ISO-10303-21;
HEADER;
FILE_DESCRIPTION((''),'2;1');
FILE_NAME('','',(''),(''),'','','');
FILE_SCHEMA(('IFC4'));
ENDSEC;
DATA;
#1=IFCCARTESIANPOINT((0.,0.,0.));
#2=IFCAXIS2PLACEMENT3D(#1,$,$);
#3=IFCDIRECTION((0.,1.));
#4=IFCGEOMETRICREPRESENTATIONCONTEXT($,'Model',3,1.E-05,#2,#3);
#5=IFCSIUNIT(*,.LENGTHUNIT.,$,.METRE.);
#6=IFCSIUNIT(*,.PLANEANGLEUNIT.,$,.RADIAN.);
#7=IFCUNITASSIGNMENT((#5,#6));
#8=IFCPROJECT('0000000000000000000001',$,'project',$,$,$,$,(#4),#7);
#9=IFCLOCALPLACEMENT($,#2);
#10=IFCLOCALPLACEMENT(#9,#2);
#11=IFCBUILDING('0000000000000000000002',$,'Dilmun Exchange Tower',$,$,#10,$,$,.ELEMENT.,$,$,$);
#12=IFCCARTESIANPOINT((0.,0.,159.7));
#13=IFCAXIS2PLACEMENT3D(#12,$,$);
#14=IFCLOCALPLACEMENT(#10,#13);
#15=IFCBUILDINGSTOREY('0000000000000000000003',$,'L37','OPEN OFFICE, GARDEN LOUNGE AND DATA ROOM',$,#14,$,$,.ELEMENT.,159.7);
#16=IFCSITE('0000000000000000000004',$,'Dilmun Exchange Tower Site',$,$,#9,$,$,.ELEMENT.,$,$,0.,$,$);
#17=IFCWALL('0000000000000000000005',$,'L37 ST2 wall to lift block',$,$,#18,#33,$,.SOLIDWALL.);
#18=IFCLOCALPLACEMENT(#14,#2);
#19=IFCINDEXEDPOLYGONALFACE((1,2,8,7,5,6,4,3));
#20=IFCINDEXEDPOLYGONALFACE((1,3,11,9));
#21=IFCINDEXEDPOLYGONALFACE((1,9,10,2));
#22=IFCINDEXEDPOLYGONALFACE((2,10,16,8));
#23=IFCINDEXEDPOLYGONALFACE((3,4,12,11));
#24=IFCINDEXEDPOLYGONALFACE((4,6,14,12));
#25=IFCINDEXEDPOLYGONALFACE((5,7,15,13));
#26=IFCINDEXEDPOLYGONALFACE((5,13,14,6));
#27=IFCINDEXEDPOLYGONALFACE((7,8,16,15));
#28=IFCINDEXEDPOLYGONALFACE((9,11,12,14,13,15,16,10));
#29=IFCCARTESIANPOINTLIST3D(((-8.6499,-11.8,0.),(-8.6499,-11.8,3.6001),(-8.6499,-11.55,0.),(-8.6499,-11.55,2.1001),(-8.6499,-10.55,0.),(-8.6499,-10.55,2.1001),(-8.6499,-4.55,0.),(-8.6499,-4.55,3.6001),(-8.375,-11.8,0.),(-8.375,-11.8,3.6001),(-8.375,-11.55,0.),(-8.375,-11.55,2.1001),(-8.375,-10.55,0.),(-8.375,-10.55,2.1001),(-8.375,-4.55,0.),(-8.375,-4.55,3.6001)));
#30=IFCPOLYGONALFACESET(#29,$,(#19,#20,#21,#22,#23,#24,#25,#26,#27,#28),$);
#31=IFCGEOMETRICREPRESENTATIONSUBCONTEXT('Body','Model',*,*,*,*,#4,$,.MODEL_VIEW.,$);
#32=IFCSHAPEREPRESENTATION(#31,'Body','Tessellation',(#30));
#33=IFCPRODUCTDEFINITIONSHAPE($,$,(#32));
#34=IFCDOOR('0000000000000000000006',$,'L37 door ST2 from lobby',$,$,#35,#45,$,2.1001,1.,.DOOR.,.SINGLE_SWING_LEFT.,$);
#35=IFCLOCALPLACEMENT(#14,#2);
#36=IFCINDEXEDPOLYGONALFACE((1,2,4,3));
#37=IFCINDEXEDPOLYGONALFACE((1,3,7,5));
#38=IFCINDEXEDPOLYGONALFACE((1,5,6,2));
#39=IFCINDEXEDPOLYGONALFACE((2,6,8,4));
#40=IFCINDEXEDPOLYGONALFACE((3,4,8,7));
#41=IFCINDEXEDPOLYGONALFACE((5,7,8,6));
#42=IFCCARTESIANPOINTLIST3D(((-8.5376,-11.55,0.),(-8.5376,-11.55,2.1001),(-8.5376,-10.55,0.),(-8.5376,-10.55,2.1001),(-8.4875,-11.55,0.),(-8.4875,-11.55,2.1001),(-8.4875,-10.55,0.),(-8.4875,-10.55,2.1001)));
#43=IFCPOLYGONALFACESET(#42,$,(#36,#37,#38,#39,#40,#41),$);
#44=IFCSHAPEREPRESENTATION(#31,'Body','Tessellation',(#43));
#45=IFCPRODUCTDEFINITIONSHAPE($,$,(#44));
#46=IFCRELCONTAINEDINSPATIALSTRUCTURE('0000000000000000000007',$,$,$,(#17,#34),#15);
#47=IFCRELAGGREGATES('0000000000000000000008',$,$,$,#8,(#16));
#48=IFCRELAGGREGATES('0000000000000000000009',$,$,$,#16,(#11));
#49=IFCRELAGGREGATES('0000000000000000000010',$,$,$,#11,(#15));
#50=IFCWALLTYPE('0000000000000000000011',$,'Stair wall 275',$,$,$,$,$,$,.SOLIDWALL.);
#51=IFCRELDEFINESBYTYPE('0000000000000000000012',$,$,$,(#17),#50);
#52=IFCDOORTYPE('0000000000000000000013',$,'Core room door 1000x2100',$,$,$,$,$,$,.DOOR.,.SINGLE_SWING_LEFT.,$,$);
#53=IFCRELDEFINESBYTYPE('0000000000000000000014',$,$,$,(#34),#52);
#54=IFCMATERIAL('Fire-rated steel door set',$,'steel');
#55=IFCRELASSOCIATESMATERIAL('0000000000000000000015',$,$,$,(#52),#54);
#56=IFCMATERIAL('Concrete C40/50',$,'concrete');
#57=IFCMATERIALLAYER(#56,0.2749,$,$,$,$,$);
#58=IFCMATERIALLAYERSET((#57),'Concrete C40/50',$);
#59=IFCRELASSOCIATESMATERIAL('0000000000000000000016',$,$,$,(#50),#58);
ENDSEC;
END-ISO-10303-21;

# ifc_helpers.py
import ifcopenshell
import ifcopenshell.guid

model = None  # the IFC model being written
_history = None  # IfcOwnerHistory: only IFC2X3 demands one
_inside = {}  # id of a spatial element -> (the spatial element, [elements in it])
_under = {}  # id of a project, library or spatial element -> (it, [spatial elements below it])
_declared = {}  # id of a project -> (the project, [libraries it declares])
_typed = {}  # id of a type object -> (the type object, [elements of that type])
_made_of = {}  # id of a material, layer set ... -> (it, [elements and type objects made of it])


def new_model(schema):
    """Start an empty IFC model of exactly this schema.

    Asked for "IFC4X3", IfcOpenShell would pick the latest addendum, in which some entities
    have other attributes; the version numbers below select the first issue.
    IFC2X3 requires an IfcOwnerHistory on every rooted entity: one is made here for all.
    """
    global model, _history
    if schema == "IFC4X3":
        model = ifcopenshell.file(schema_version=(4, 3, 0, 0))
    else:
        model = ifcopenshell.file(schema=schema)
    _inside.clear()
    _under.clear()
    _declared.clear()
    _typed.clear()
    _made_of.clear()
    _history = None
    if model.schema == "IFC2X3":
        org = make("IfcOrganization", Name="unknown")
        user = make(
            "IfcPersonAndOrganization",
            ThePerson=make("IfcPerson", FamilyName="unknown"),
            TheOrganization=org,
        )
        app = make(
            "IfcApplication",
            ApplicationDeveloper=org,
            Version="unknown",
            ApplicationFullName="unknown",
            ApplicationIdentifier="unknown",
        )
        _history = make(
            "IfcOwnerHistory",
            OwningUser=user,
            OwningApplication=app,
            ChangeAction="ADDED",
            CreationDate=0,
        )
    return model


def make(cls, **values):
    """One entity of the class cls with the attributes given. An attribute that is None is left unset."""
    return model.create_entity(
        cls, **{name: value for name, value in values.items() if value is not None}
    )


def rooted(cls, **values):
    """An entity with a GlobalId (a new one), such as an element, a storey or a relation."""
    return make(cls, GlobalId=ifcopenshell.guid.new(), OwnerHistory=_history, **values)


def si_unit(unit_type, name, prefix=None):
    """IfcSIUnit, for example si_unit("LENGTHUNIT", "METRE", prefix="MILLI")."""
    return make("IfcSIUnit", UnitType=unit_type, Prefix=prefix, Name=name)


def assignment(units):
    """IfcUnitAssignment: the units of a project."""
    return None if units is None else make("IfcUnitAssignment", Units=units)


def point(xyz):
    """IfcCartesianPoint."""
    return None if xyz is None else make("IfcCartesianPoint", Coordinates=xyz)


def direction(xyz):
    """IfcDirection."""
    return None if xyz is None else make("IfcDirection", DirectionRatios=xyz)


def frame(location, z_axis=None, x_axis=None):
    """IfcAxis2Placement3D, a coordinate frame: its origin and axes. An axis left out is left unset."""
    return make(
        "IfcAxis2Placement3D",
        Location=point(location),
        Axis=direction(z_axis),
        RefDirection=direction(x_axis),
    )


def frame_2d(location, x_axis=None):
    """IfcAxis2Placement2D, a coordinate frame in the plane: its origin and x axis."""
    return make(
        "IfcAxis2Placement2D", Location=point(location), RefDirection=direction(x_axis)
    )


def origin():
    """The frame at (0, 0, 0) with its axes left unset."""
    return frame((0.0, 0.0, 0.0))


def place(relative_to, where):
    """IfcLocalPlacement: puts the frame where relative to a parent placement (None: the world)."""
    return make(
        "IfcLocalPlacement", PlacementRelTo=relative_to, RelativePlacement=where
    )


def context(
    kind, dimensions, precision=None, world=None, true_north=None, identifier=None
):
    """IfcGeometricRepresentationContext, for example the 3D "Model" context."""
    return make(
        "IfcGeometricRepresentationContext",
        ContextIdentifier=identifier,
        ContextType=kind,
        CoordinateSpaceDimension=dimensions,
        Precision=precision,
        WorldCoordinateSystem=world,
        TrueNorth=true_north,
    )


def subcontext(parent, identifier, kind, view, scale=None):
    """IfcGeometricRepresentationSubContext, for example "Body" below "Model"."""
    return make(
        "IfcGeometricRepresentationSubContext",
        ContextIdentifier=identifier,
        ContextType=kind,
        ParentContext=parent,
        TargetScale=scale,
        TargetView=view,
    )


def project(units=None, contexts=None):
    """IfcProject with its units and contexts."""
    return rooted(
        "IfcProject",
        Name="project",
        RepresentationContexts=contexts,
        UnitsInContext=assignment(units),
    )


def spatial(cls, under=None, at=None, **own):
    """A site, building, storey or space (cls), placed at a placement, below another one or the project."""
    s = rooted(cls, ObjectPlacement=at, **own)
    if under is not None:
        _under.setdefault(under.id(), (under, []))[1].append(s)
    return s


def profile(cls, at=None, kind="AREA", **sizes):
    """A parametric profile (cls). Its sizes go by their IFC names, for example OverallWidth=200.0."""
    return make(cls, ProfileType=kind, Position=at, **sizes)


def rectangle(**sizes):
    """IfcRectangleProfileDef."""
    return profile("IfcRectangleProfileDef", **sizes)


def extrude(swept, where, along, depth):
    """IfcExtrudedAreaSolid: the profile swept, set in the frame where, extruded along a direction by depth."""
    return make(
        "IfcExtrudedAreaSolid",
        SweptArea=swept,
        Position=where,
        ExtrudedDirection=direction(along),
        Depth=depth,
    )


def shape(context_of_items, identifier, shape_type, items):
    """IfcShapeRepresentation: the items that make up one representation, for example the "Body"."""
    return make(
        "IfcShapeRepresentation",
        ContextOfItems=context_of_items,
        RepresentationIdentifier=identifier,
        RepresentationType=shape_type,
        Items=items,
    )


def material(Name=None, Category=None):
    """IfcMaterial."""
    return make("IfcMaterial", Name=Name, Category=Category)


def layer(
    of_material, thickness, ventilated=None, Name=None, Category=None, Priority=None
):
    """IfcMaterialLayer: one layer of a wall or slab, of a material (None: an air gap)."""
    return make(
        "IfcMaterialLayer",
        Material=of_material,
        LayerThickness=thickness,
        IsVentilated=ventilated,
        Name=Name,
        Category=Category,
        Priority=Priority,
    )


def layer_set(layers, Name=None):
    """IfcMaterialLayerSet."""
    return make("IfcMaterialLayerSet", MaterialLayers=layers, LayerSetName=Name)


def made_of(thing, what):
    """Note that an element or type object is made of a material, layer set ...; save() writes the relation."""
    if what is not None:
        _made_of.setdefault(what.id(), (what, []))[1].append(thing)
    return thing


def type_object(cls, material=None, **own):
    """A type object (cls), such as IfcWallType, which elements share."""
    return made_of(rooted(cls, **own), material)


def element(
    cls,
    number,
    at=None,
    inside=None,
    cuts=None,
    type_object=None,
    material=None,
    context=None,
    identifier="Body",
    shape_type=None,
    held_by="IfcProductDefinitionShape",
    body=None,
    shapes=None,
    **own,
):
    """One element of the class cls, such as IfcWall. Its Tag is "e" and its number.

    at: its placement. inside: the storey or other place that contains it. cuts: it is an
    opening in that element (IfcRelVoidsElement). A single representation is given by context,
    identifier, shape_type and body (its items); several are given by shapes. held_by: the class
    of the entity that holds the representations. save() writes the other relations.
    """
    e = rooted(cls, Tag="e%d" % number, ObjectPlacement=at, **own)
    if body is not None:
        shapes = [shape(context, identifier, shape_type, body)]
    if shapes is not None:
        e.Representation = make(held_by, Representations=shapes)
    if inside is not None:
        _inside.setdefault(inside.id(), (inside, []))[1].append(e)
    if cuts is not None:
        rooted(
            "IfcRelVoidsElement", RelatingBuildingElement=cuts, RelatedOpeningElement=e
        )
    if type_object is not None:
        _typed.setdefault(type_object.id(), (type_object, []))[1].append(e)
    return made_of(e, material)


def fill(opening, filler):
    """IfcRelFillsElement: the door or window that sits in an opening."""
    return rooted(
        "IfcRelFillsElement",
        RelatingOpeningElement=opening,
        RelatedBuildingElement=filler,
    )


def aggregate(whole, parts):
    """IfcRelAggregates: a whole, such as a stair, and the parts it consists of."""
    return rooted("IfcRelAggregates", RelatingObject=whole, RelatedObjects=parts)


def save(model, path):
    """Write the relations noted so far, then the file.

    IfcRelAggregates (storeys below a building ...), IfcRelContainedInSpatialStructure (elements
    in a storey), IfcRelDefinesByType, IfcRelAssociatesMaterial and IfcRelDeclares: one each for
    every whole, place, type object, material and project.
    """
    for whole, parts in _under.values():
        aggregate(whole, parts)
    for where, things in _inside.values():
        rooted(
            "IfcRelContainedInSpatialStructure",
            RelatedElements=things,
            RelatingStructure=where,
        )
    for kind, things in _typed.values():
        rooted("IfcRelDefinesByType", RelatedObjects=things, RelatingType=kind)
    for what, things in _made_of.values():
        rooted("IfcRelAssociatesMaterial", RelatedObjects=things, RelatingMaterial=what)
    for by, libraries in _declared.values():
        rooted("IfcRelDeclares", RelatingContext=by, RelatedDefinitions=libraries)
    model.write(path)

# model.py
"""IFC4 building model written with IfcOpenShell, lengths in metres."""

from ifc_helpers import new_model, si_unit, direction, frame, frame_2d, origin, place, context, subcontext, project, spatial, rectangle, extrude, material, layer, layer_set, type_object, element, fill, save


model = new_model("IFC4")

# Units and contexts
model_context = context("Model", 3, precision=1e-05, world=origin(), true_north=direction((0.0, 1.0)))
body_context = subcontext(model_context, "Body", "Model", "MODEL_VIEW")
ifc_project = project(units=[si_unit("LENGTHUNIT", "METRE"), si_unit("PLANEANGLEUNIT", "RADIAN")], contexts=[model_context])

# Site, building, storey
site_placement = place(None, origin())
site = spatial("IfcSite", under=ifc_project, at=site_placement, Name="Dilmun Exchange Tower Site", CompositionType="ELEMENT", RefElevation=0.0)
building_placement = place(site_placement, origin())
building = spatial("IfcBuilding", under=site, at=building_placement, Name="Dilmun Exchange Tower", CompositionType="ELEMENT")
storey_placement = place(building_placement, frame((0.0, 0.0, 159.7)))
storey = spatial("IfcBuildingStorey", under=building, at=storey_placement, Name="L37", Description="OPEN OFFICE, GARDEN LOUNGE AND DATA ROOM", CompositionType="ELEMENT", Elevation=159.7)

# Shared definitions
ifc_material_1 = material(Name="Concrete C40/50", Category="concrete")

# Shared definitions
ifc_material_2 = material(Name="Fire-rated steel door set", Category="steel")

# Shared definitions
door_type_1 = type_object("IfcDoorType", Name="Core room door 1000x2100", OperationType="SINGLE_SWING_LEFT", PredefinedType="DOOR", material=ifc_material_2)

# Wall, opening, door
ifc_layer_1 = layer(ifc_material_1, 0.2749)
ifc_layer_set_1 = layer_set([ifc_layer_1], Name="Concrete C40/50")
wall_type_1 = type_object("IfcWallType", Name="Stair wall 275", PredefinedType="SOLIDWALL", material=ifc_layer_set_1)
wall_1_placement = place(storey_placement, frame((-8.5125, -4.55, 0.0), z_axis=(0.0, 0.0, 1.0), x_axis=(0.0, -1.0, 0.0)))
wall_1 = element("IfcWall", 1, at=wall_1_placement, inside=storey, type_object=wall_type_1, Name="L37 ST2 wall to lift block", PredefinedType="SOLIDWALL", context=body_context, shape_type="SweptSolid", body=[
    extrude(rectangle(XDim=7.25, YDim=0.2749, at=frame_2d((3.625, 0.0))), origin(), (0.0, 0.0, 1.0), 3.6001),
])
opening_1_placement = place(wall_1_placement, frame((6.0, 0.0, 0.0)))
opening_1 = element("IfcOpeningElement", 2, at=opening_1_placement, cuts=wall_1, PredefinedType="OPENING", context=body_context, shape_type="SweptSolid", body=[
    extrude(rectangle(XDim=1.0, YDim=2.1001, at=frame_2d((0.5, 1.05))), frame((0.0, 0.1475, 0.0), z_axis=(0.0, -1.0, 0.0), x_axis=(1.0, 0.0, 0.0)), (0.0, 0.0, 1.0), 0.2949),
])
door_1_placement = place(opening_1_placement, origin())
door_1 = element("IfcDoor", 3, at=door_1_placement, inside=storey, type_object=door_type_1, Name="L37 door ST2 from lobby", OperationType="SINGLE_SWING_LEFT", OverallHeight=2.1001, OverallWidth=1.0, PredefinedType="DOOR", context=body_context, shape_type="SweptSolid", body=[
    extrude(rectangle(XDim=1.0, YDim=2.1001, at=frame_2d((0.5, 1.05))), frame((0.0, 0.0249, 0.0), z_axis=(0.0, -1.0, 0.0), x_axis=(1.0, 0.0, 0.0)), (0.0, 0.0, 1.0), 0.05),
])
fill(opening_1, door_1)

save(model, "model.ifc")
